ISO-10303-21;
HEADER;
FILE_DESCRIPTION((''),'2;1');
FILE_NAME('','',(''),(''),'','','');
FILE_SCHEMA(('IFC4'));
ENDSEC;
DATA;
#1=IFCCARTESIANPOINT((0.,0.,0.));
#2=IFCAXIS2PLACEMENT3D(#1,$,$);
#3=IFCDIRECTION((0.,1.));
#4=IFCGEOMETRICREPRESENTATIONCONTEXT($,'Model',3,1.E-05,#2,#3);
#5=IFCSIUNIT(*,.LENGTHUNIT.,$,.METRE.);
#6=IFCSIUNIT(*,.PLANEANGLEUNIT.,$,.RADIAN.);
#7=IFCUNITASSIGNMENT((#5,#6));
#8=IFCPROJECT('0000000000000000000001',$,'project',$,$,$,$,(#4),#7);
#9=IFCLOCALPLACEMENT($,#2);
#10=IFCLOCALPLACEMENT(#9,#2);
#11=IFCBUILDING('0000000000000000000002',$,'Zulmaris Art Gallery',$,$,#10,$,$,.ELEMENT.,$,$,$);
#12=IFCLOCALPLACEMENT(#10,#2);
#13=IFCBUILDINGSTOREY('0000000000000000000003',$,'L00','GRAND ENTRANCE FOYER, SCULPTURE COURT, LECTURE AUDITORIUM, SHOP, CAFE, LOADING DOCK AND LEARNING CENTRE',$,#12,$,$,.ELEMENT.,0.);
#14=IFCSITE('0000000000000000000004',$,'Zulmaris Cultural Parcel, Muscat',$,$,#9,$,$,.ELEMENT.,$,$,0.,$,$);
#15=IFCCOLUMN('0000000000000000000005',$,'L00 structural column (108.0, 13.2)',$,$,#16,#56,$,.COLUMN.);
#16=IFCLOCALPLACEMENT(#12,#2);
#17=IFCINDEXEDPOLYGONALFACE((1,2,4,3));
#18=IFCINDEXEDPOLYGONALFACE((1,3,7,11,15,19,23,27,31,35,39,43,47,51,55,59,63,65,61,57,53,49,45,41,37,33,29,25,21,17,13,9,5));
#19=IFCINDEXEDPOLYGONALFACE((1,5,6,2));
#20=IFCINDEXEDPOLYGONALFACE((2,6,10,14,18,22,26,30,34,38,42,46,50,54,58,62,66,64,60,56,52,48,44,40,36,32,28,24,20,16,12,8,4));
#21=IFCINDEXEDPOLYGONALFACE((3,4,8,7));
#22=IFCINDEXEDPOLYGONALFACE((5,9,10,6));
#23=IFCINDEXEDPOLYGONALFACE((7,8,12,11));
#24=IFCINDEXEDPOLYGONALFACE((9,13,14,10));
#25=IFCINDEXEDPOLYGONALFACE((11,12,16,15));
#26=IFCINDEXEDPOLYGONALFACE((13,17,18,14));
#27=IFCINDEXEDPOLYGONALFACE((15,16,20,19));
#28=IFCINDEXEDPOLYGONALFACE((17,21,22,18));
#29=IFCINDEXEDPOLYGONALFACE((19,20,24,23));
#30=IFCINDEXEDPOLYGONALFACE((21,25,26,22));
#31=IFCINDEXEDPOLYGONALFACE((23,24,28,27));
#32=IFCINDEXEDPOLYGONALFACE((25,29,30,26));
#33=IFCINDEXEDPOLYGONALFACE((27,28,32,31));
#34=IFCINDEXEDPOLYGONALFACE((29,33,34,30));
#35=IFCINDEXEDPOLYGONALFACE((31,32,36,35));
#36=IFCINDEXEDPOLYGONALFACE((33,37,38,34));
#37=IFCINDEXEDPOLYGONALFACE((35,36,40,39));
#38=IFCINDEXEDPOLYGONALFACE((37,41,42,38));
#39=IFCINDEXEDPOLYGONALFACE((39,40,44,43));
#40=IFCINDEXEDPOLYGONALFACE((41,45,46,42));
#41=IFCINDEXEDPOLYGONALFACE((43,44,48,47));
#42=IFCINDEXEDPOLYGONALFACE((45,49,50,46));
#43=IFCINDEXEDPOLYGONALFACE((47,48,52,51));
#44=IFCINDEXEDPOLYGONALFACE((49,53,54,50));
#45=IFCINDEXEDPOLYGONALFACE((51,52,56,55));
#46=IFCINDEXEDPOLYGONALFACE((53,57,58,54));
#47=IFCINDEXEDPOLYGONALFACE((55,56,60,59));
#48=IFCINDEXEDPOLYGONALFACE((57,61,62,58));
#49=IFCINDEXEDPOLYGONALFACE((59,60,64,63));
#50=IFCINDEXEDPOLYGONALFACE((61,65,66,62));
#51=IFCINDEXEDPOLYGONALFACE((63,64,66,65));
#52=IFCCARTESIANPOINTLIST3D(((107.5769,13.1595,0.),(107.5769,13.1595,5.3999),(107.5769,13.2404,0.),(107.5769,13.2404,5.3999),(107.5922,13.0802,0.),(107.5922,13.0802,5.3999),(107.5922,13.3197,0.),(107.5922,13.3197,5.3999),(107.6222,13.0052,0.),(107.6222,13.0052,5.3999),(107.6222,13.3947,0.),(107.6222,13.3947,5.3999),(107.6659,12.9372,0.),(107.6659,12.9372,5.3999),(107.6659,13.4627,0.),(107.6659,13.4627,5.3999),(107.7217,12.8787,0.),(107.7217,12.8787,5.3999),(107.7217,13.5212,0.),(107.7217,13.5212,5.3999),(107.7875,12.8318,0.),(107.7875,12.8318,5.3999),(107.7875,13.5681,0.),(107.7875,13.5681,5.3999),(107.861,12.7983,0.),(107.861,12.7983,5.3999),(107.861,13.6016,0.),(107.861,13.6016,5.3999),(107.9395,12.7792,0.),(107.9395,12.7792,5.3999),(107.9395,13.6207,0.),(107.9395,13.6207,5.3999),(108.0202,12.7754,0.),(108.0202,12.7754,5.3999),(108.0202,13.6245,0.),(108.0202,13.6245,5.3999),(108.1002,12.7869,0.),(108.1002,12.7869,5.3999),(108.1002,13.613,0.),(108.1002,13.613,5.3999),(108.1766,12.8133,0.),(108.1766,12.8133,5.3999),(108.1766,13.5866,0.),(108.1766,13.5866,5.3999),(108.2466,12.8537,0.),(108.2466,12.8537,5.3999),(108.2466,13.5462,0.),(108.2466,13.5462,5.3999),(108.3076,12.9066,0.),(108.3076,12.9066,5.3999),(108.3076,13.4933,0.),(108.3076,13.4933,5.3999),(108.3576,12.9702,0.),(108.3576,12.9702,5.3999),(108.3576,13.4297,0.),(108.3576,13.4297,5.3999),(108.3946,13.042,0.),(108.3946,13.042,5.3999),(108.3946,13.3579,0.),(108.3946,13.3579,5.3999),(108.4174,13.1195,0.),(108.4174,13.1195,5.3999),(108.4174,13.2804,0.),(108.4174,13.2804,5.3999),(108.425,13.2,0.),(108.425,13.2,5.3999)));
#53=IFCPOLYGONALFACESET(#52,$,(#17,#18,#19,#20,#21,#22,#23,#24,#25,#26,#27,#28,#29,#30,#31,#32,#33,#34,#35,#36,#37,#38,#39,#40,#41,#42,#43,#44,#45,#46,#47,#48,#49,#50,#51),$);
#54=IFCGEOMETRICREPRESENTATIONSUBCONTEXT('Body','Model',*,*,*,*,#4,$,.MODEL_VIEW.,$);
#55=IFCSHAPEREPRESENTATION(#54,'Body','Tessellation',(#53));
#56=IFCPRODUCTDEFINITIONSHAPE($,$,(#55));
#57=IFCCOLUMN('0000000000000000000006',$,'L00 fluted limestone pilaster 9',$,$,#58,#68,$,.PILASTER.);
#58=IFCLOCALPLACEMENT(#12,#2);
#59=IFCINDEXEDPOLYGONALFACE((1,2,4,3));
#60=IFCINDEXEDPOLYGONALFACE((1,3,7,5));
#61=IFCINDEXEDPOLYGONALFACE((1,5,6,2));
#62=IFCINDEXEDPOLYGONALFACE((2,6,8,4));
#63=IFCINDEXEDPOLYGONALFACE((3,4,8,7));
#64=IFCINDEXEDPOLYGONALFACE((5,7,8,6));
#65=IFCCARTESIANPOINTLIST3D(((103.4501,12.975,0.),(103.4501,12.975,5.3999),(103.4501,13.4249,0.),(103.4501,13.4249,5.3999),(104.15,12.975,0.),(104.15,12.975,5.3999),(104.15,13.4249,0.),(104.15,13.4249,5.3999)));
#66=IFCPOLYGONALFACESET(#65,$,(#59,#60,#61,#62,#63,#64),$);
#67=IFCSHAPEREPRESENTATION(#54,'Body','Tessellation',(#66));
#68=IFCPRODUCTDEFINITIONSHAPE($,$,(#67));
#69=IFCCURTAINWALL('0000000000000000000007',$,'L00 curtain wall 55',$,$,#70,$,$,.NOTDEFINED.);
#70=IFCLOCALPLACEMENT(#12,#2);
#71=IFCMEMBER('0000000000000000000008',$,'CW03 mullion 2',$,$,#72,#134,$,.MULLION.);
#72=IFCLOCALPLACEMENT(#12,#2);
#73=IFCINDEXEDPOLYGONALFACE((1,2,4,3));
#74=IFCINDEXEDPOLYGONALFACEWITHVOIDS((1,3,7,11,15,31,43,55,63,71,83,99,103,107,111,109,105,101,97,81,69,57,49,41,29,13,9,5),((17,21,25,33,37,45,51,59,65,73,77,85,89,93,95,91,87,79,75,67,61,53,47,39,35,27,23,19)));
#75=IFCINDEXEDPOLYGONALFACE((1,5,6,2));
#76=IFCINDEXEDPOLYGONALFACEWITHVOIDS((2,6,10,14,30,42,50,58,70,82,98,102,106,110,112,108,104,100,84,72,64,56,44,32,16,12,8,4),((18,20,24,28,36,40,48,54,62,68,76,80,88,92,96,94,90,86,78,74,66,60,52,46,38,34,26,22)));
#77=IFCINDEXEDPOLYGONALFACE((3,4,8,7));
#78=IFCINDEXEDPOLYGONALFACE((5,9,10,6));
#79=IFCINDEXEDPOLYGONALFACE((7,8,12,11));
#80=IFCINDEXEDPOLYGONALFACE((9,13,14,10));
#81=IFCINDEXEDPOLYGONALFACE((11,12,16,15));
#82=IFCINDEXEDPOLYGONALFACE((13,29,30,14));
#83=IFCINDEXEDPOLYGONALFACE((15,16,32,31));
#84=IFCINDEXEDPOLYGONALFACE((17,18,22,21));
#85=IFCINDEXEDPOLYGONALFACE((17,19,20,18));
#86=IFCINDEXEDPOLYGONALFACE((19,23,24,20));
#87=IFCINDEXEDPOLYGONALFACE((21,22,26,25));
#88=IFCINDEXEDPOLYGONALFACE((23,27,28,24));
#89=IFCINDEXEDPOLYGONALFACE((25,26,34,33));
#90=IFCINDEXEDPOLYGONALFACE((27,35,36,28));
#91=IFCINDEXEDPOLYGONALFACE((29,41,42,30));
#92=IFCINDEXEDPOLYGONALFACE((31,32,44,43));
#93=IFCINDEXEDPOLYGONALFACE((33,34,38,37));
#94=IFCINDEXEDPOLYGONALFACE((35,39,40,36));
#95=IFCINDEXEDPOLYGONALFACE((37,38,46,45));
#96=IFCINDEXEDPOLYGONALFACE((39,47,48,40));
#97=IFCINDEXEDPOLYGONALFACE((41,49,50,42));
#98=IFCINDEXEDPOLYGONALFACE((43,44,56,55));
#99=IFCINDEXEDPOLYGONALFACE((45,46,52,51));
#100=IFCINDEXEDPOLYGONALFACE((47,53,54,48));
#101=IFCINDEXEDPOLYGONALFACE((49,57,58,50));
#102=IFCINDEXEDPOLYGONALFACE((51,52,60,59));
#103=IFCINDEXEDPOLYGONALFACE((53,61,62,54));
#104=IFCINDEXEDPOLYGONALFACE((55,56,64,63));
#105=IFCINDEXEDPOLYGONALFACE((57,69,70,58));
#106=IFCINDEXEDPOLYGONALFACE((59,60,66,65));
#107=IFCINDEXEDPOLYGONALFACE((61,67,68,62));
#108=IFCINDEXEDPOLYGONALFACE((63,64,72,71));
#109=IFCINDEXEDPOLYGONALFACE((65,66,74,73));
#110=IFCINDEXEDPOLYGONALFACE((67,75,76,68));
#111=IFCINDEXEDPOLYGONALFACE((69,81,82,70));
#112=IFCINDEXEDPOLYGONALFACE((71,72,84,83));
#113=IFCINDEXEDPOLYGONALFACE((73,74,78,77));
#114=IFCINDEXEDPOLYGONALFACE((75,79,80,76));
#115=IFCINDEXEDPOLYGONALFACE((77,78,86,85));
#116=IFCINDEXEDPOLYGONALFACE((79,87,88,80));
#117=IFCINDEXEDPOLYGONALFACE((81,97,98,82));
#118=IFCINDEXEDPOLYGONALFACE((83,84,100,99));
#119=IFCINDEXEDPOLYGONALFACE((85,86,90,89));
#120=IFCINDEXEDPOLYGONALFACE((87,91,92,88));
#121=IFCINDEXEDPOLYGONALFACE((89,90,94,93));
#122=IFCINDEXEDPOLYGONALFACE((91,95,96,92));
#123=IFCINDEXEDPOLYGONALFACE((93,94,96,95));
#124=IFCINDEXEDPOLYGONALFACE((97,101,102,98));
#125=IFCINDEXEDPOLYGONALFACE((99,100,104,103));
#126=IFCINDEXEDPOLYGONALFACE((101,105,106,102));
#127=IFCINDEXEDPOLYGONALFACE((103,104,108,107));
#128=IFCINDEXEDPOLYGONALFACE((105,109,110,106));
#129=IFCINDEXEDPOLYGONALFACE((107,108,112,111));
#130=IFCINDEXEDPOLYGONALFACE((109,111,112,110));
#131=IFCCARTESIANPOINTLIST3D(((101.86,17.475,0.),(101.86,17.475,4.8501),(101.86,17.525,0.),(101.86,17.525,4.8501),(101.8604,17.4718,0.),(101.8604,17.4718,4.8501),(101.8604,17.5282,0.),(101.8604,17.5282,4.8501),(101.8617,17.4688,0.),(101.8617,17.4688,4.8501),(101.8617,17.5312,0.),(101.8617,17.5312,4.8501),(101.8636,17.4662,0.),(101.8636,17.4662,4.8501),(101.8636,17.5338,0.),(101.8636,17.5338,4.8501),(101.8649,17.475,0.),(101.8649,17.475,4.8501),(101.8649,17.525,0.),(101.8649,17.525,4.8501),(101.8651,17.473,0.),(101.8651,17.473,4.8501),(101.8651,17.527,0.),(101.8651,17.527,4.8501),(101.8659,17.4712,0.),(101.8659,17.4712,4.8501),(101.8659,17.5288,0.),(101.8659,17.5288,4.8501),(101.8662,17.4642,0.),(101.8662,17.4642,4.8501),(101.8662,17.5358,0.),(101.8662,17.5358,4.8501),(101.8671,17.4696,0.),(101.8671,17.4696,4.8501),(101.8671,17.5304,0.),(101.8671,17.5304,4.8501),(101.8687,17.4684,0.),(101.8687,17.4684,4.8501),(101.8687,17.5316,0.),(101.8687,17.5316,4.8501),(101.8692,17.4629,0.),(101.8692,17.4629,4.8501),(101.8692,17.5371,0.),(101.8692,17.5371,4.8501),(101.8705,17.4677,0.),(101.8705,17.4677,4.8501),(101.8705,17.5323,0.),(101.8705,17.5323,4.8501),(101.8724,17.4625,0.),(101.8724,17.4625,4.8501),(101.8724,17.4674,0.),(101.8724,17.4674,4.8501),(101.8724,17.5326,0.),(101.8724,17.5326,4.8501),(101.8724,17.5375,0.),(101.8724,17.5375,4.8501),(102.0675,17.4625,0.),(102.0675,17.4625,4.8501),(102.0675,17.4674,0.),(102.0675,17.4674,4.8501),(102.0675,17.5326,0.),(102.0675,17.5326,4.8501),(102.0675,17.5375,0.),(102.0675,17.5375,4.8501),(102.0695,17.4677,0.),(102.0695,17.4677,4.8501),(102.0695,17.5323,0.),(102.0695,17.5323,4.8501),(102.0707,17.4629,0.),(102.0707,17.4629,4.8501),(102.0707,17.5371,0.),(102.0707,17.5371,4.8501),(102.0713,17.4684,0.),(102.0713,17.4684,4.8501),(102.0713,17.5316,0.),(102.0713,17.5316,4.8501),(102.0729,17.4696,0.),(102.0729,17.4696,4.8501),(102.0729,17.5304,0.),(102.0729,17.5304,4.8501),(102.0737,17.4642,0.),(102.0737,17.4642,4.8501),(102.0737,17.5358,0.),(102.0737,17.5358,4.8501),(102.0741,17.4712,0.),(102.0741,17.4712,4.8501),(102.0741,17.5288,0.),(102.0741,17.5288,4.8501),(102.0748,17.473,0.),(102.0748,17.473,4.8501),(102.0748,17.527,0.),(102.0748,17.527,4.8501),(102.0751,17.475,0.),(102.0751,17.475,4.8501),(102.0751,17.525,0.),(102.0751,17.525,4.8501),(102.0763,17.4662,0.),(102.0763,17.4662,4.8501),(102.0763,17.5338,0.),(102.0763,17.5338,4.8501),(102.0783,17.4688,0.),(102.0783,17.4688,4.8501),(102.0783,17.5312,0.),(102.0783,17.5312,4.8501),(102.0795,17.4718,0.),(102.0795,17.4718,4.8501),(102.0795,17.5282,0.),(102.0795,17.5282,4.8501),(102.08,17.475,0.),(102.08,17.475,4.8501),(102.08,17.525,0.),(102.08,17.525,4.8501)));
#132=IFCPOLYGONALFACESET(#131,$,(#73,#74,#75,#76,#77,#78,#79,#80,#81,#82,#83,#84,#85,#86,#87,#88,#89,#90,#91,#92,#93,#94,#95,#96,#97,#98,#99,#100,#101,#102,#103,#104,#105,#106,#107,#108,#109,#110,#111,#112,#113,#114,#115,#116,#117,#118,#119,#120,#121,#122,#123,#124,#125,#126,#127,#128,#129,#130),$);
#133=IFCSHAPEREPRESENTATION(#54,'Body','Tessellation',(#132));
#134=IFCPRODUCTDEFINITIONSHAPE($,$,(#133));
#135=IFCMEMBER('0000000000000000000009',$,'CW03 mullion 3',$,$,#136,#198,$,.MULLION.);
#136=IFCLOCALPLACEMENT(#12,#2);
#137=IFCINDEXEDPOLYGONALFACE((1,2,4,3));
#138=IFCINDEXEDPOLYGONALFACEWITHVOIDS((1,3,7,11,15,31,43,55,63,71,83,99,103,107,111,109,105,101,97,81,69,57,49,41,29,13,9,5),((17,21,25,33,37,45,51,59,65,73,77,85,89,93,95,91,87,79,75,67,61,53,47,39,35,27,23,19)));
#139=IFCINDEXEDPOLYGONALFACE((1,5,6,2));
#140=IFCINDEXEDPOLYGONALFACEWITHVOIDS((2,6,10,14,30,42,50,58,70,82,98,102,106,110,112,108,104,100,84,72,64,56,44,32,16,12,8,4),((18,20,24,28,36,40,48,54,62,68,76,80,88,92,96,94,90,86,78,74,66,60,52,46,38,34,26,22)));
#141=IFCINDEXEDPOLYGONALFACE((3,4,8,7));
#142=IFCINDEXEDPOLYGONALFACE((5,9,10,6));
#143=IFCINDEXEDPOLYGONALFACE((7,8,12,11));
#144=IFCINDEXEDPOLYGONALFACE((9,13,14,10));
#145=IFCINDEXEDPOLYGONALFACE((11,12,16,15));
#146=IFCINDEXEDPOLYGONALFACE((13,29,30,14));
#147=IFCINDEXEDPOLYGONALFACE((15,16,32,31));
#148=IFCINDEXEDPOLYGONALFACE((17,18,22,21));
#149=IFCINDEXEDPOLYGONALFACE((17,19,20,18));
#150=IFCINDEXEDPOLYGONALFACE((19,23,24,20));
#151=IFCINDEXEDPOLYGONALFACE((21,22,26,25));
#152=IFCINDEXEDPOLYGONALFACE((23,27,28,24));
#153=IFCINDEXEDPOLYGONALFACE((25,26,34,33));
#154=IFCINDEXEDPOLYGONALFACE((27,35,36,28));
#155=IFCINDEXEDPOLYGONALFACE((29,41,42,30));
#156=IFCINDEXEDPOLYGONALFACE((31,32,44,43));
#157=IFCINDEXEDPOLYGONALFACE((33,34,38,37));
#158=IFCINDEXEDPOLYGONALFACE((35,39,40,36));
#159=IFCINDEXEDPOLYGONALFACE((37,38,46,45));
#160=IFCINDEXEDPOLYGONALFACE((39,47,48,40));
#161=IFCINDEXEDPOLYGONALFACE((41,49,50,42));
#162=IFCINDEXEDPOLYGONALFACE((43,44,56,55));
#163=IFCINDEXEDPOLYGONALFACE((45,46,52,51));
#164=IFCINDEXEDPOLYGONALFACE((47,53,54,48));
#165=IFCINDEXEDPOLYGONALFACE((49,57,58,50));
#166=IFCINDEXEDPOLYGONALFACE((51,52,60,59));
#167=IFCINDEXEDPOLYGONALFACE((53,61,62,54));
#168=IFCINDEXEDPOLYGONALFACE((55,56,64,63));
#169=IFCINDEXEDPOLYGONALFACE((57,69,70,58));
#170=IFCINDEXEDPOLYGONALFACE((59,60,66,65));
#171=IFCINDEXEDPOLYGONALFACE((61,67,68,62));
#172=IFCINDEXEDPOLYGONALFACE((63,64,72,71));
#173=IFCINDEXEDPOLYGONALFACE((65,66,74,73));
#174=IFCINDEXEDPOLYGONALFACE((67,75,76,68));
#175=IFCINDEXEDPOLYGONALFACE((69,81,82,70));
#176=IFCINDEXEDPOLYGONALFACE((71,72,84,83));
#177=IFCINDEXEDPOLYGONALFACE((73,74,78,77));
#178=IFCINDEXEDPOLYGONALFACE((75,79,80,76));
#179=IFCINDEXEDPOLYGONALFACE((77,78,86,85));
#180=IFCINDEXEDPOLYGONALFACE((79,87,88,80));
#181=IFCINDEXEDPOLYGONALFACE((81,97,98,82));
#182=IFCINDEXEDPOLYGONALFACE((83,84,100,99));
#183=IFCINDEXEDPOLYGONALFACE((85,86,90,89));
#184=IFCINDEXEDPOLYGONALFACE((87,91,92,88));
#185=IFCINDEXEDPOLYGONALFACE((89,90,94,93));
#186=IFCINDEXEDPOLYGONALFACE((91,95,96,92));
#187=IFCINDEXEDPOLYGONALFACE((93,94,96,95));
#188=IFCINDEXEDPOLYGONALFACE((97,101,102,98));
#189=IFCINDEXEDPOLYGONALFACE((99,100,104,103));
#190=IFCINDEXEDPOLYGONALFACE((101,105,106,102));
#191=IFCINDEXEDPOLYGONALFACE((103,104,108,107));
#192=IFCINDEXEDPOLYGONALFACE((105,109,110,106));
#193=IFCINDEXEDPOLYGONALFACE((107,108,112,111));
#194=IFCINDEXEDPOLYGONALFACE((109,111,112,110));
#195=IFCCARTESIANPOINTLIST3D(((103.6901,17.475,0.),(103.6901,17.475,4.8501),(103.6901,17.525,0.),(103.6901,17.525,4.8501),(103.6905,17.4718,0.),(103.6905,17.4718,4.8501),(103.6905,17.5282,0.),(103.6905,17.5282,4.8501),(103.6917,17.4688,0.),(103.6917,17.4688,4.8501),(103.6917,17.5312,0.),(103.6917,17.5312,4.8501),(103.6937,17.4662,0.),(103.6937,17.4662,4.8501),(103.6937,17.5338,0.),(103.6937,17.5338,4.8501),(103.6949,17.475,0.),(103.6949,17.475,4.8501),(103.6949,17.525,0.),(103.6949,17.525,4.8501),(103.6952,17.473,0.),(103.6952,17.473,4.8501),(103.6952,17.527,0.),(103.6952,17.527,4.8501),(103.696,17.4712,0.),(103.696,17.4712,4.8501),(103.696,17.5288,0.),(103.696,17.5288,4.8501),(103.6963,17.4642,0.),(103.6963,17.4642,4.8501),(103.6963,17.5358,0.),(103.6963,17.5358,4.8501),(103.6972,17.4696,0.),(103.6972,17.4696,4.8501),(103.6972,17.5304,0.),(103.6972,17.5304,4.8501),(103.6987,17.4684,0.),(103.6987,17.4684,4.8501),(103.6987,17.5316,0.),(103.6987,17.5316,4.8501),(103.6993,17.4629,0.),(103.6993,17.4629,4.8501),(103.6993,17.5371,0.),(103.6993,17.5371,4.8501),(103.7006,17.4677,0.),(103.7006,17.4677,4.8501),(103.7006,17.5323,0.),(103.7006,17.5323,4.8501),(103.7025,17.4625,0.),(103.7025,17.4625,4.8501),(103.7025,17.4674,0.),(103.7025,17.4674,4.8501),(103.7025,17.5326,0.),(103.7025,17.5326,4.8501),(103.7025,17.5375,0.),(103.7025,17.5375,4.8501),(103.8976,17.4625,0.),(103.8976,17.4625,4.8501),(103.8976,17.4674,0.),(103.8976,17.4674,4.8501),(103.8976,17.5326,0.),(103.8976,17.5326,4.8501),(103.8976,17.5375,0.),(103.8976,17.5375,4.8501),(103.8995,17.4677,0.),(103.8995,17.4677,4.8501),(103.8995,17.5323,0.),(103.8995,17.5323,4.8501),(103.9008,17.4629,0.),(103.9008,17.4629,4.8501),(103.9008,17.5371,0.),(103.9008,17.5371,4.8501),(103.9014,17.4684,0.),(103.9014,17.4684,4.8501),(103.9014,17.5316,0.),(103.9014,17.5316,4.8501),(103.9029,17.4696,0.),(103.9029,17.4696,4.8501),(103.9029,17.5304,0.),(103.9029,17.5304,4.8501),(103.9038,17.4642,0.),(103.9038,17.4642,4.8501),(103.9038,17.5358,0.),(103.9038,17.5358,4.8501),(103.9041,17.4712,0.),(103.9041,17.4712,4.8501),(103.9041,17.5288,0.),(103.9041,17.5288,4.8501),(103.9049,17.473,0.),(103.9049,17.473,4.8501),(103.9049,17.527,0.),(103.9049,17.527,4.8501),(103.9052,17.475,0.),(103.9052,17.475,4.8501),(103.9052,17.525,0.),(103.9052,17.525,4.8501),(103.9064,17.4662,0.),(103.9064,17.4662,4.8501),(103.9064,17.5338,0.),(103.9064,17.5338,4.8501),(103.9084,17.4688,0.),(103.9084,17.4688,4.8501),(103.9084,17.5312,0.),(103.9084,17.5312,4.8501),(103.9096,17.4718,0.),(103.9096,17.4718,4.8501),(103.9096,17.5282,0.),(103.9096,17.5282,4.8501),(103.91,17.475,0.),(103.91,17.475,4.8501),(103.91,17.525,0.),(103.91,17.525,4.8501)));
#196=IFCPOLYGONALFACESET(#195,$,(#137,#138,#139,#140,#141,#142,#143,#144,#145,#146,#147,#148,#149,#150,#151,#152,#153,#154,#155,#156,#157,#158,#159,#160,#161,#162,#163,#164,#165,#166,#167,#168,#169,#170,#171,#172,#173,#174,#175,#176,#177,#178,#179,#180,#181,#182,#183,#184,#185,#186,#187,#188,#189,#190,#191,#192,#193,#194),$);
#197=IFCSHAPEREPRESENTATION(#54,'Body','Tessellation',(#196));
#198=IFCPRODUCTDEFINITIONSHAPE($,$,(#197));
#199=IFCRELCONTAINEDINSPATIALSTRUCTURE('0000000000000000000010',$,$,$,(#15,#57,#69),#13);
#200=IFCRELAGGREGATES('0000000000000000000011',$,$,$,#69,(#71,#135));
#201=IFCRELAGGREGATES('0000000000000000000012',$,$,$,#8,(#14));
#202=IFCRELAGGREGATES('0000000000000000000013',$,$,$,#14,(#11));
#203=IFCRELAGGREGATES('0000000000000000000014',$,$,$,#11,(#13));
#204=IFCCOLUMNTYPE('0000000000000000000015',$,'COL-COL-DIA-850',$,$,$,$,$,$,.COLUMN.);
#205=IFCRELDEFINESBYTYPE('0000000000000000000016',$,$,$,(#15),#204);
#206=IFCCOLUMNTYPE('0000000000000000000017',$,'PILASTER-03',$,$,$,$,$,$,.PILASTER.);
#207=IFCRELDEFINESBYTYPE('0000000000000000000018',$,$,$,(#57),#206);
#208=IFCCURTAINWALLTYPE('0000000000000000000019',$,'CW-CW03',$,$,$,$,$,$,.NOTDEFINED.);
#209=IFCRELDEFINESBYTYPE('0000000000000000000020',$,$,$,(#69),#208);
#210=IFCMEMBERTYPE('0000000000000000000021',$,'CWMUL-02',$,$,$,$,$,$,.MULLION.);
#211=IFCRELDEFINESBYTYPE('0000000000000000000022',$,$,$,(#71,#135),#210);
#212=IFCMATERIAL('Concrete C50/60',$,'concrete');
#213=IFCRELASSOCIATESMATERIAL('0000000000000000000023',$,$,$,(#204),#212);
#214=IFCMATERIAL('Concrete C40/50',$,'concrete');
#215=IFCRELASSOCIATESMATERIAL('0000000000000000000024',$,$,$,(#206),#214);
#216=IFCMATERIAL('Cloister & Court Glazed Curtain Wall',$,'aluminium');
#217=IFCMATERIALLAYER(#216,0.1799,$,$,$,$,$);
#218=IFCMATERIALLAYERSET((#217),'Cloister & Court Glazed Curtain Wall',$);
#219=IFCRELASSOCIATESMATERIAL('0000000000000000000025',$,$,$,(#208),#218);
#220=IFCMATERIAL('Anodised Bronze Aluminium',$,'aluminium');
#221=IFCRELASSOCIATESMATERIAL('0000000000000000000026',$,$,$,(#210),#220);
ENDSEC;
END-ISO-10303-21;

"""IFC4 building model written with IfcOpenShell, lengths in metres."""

from ifc_helpers import new_model, si_unit, direction, frame, origin, origin_2d, place, context, subcontext, project, spatial, rectangle, hollow_rectangle, circle, extrude, material, layer, layer_set, material_profile, profile_set, type_object, element, aggregate, save


model = new_model("IFC4")

# Units and contexts
model_context = context("Model", 3, precision=1e-05, world=origin(), true_north=direction((0.0, 1.0)))
body_context = subcontext(model_context, "Body", "Model", "MODEL_VIEW")
ifc_project = project(units=[si_unit("LENGTHUNIT", "METRE"), si_unit("PLANEANGLEUNIT", "RADIAN")], contexts=[model_context])

# Site, building, storey
site_placement = place(None, origin())
site = spatial("IfcSite", under=ifc_project, at=site_placement, Name="Zulmaris Cultural Parcel, Muscat", CompositionType="ELEMENT", RefElevation=0.0)
building_placement = place(site_placement, origin())
building = spatial("IfcBuilding", under=site, at=building_placement, Name="Zulmaris Art Gallery", CompositionType="ELEMENT")
storey_placement = place(building_placement, origin())
storey = spatial("IfcBuildingStorey", under=building, at=storey_placement, Name="L00", Description="GRAND ENTRANCE FOYER, SCULPTURE COURT, LECTURE AUDITORIUM, SHOP, CAFE, LOADING DOCK AND LEARNING CENTRE", CompositionType="ELEMENT", Elevation=0.0)

# Shared definitions
ifc_material_1 = material(Name="Concrete C40/50", Category="concrete")

# Columns
ifc_material_2 = material(Name="Concrete C50/60", Category="concrete")
ifc_material_profile_1 = material_profile(ifc_material_2, circle(Radius=0.425, at=origin_2d()), Name="COL DIA 850")
ifc_profile_set_1 = profile_set([ifc_material_profile_1], Name="Concrete C50/60")
column_type_1 = type_object("IfcColumnType", Name="COL-COL-DIA-850", PredefinedType="COLUMN", material=ifc_profile_set_1)
column_1_placement = place(storey_placement, frame((108.0, 13.2, 0.0), z_axis=(0.0, 0.0, 1.0), x_axis=(1.0, 0.0, 0.0)))
element("IfcColumn", 1, at=column_1_placement, inside=storey, type_object=column_type_1, Name="L00 structural column (108.0, 13.2)", PredefinedType="COLUMN", context=body_context, shape_type="SweptSolid", body=[
    extrude(circle(Radius=0.425, at=origin_2d()), origin(), (0.0, 0.0, 1.0), 5.3999),
])
ifc_material_profile_2 = material_profile(ifc_material_1, rectangle(XDim=0.7, YDim=0.45, at=origin_2d()), Name="PIL 700x450")
ifc_profile_set_2 = profile_set([ifc_material_profile_2], Name="Concrete C40/50")
column_type_2 = type_object("IfcColumnType", Name="PILASTER-03", PredefinedType="PILASTER", material=ifc_profile_set_2)
column_2_placement = place(storey_placement, frame((103.8, 13.2, 0.0), z_axis=(0.0, 0.0, 1.0), x_axis=(1.0, 0.0, 0.0)))
element("IfcColumn", 2, at=column_2_placement, inside=storey, type_object=column_type_2, Name="L00 fluted limestone pilaster 9", PredefinedType="PILASTER", context=body_context, shape_type="SweptSolid", body=[
    extrude(rectangle(XDim=0.7, YDim=0.45, at=origin_2d()), origin(), (0.0, 0.0, 1.0), 5.3999),
])

# Curtain wall, members
ifc_material_3 = material(Name="Cloister & Court Glazed Curtain Wall", Category="aluminium")
ifc_layer_1 = layer(ifc_material_3, 0.1799)
ifc_layer_set_1 = layer_set([ifc_layer_1], Name="Cloister & Court Glazed Curtain Wall")
curtain_wall_type = type_object("IfcCurtainWallType", Name="CW-CW03", PredefinedType="NOTDEFINED", material=ifc_layer_set_1)
curtain_wall_placement = place(storey_placement, origin())
curtain_wall = element("IfcCurtainWall", 3, at=curtain_wall_placement, inside=storey, type_object=curtain_wall_type, Name="L00 curtain wall 55", PredefinedType="NOTDEFINED")
ifc_material_4 = material(Name="Anodised Bronze Aluminium", Category="aluminium")
ifc_material_profile_3 = material_profile(ifc_material_4, hollow_rectangle(XDim=0.075, YDim=0.22, WallThickness=0.0049, InnerFilletRadius=0.0076, OuterFilletRadius=0.0125, at=origin_2d()), Name="ALU 75x220x5")
ifc_profile_set_3 = profile_set([ifc_material_profile_3], Name="Anodised Bronze Aluminium")
member_type_1 = type_object("IfcMemberType", Name="CWMUL-02", PredefinedType="MULLION", material=ifc_profile_set_3)
member_1_placement = place(storey_placement, frame((101.97, 17.5, 0.0), z_axis=(0.0, 0.0, 1.0), x_axis=(0.0, 1.0, 0.0)))
member_1 = element("IfcMember", 4, at=member_1_placement, type_object=member_type_1, Name="CW03 mullion 2", PredefinedType="MULLION", context=body_context, shape_type="SweptSolid", body=[
    extrude(hollow_rectangle(XDim=0.075, YDim=0.22, WallThickness=0.0049, InnerFilletRadius=0.0076, OuterFilletRadius=0.0125, at=origin_2d()), origin(), (0.0, 0.0, 1.0), 4.8501),
])
member_2_placement = place(storey_placement, frame((103.8, 17.5, 0.0), z_axis=(0.0, 0.0, 1.0), x_axis=(0.0, 1.0, 0.0)))
member_2 = element("IfcMember", 5, at=member_2_placement, type_object=member_type_1, Name="CW03 mullion 3", PredefinedType="MULLION", context=body_context, shape_type="SweptSolid", body=[
    extrude(hollow_rectangle(XDim=0.075, YDim=0.22, WallThickness=0.0049, InnerFilletRadius=0.0076, OuterFilletRadius=0.0125, at=origin_2d()), origin(), (0.0, 0.0, 1.0), 4.8501),
])
aggregate(curtain_wall, [member_1, member_2])

save(model, "model.ifc")
